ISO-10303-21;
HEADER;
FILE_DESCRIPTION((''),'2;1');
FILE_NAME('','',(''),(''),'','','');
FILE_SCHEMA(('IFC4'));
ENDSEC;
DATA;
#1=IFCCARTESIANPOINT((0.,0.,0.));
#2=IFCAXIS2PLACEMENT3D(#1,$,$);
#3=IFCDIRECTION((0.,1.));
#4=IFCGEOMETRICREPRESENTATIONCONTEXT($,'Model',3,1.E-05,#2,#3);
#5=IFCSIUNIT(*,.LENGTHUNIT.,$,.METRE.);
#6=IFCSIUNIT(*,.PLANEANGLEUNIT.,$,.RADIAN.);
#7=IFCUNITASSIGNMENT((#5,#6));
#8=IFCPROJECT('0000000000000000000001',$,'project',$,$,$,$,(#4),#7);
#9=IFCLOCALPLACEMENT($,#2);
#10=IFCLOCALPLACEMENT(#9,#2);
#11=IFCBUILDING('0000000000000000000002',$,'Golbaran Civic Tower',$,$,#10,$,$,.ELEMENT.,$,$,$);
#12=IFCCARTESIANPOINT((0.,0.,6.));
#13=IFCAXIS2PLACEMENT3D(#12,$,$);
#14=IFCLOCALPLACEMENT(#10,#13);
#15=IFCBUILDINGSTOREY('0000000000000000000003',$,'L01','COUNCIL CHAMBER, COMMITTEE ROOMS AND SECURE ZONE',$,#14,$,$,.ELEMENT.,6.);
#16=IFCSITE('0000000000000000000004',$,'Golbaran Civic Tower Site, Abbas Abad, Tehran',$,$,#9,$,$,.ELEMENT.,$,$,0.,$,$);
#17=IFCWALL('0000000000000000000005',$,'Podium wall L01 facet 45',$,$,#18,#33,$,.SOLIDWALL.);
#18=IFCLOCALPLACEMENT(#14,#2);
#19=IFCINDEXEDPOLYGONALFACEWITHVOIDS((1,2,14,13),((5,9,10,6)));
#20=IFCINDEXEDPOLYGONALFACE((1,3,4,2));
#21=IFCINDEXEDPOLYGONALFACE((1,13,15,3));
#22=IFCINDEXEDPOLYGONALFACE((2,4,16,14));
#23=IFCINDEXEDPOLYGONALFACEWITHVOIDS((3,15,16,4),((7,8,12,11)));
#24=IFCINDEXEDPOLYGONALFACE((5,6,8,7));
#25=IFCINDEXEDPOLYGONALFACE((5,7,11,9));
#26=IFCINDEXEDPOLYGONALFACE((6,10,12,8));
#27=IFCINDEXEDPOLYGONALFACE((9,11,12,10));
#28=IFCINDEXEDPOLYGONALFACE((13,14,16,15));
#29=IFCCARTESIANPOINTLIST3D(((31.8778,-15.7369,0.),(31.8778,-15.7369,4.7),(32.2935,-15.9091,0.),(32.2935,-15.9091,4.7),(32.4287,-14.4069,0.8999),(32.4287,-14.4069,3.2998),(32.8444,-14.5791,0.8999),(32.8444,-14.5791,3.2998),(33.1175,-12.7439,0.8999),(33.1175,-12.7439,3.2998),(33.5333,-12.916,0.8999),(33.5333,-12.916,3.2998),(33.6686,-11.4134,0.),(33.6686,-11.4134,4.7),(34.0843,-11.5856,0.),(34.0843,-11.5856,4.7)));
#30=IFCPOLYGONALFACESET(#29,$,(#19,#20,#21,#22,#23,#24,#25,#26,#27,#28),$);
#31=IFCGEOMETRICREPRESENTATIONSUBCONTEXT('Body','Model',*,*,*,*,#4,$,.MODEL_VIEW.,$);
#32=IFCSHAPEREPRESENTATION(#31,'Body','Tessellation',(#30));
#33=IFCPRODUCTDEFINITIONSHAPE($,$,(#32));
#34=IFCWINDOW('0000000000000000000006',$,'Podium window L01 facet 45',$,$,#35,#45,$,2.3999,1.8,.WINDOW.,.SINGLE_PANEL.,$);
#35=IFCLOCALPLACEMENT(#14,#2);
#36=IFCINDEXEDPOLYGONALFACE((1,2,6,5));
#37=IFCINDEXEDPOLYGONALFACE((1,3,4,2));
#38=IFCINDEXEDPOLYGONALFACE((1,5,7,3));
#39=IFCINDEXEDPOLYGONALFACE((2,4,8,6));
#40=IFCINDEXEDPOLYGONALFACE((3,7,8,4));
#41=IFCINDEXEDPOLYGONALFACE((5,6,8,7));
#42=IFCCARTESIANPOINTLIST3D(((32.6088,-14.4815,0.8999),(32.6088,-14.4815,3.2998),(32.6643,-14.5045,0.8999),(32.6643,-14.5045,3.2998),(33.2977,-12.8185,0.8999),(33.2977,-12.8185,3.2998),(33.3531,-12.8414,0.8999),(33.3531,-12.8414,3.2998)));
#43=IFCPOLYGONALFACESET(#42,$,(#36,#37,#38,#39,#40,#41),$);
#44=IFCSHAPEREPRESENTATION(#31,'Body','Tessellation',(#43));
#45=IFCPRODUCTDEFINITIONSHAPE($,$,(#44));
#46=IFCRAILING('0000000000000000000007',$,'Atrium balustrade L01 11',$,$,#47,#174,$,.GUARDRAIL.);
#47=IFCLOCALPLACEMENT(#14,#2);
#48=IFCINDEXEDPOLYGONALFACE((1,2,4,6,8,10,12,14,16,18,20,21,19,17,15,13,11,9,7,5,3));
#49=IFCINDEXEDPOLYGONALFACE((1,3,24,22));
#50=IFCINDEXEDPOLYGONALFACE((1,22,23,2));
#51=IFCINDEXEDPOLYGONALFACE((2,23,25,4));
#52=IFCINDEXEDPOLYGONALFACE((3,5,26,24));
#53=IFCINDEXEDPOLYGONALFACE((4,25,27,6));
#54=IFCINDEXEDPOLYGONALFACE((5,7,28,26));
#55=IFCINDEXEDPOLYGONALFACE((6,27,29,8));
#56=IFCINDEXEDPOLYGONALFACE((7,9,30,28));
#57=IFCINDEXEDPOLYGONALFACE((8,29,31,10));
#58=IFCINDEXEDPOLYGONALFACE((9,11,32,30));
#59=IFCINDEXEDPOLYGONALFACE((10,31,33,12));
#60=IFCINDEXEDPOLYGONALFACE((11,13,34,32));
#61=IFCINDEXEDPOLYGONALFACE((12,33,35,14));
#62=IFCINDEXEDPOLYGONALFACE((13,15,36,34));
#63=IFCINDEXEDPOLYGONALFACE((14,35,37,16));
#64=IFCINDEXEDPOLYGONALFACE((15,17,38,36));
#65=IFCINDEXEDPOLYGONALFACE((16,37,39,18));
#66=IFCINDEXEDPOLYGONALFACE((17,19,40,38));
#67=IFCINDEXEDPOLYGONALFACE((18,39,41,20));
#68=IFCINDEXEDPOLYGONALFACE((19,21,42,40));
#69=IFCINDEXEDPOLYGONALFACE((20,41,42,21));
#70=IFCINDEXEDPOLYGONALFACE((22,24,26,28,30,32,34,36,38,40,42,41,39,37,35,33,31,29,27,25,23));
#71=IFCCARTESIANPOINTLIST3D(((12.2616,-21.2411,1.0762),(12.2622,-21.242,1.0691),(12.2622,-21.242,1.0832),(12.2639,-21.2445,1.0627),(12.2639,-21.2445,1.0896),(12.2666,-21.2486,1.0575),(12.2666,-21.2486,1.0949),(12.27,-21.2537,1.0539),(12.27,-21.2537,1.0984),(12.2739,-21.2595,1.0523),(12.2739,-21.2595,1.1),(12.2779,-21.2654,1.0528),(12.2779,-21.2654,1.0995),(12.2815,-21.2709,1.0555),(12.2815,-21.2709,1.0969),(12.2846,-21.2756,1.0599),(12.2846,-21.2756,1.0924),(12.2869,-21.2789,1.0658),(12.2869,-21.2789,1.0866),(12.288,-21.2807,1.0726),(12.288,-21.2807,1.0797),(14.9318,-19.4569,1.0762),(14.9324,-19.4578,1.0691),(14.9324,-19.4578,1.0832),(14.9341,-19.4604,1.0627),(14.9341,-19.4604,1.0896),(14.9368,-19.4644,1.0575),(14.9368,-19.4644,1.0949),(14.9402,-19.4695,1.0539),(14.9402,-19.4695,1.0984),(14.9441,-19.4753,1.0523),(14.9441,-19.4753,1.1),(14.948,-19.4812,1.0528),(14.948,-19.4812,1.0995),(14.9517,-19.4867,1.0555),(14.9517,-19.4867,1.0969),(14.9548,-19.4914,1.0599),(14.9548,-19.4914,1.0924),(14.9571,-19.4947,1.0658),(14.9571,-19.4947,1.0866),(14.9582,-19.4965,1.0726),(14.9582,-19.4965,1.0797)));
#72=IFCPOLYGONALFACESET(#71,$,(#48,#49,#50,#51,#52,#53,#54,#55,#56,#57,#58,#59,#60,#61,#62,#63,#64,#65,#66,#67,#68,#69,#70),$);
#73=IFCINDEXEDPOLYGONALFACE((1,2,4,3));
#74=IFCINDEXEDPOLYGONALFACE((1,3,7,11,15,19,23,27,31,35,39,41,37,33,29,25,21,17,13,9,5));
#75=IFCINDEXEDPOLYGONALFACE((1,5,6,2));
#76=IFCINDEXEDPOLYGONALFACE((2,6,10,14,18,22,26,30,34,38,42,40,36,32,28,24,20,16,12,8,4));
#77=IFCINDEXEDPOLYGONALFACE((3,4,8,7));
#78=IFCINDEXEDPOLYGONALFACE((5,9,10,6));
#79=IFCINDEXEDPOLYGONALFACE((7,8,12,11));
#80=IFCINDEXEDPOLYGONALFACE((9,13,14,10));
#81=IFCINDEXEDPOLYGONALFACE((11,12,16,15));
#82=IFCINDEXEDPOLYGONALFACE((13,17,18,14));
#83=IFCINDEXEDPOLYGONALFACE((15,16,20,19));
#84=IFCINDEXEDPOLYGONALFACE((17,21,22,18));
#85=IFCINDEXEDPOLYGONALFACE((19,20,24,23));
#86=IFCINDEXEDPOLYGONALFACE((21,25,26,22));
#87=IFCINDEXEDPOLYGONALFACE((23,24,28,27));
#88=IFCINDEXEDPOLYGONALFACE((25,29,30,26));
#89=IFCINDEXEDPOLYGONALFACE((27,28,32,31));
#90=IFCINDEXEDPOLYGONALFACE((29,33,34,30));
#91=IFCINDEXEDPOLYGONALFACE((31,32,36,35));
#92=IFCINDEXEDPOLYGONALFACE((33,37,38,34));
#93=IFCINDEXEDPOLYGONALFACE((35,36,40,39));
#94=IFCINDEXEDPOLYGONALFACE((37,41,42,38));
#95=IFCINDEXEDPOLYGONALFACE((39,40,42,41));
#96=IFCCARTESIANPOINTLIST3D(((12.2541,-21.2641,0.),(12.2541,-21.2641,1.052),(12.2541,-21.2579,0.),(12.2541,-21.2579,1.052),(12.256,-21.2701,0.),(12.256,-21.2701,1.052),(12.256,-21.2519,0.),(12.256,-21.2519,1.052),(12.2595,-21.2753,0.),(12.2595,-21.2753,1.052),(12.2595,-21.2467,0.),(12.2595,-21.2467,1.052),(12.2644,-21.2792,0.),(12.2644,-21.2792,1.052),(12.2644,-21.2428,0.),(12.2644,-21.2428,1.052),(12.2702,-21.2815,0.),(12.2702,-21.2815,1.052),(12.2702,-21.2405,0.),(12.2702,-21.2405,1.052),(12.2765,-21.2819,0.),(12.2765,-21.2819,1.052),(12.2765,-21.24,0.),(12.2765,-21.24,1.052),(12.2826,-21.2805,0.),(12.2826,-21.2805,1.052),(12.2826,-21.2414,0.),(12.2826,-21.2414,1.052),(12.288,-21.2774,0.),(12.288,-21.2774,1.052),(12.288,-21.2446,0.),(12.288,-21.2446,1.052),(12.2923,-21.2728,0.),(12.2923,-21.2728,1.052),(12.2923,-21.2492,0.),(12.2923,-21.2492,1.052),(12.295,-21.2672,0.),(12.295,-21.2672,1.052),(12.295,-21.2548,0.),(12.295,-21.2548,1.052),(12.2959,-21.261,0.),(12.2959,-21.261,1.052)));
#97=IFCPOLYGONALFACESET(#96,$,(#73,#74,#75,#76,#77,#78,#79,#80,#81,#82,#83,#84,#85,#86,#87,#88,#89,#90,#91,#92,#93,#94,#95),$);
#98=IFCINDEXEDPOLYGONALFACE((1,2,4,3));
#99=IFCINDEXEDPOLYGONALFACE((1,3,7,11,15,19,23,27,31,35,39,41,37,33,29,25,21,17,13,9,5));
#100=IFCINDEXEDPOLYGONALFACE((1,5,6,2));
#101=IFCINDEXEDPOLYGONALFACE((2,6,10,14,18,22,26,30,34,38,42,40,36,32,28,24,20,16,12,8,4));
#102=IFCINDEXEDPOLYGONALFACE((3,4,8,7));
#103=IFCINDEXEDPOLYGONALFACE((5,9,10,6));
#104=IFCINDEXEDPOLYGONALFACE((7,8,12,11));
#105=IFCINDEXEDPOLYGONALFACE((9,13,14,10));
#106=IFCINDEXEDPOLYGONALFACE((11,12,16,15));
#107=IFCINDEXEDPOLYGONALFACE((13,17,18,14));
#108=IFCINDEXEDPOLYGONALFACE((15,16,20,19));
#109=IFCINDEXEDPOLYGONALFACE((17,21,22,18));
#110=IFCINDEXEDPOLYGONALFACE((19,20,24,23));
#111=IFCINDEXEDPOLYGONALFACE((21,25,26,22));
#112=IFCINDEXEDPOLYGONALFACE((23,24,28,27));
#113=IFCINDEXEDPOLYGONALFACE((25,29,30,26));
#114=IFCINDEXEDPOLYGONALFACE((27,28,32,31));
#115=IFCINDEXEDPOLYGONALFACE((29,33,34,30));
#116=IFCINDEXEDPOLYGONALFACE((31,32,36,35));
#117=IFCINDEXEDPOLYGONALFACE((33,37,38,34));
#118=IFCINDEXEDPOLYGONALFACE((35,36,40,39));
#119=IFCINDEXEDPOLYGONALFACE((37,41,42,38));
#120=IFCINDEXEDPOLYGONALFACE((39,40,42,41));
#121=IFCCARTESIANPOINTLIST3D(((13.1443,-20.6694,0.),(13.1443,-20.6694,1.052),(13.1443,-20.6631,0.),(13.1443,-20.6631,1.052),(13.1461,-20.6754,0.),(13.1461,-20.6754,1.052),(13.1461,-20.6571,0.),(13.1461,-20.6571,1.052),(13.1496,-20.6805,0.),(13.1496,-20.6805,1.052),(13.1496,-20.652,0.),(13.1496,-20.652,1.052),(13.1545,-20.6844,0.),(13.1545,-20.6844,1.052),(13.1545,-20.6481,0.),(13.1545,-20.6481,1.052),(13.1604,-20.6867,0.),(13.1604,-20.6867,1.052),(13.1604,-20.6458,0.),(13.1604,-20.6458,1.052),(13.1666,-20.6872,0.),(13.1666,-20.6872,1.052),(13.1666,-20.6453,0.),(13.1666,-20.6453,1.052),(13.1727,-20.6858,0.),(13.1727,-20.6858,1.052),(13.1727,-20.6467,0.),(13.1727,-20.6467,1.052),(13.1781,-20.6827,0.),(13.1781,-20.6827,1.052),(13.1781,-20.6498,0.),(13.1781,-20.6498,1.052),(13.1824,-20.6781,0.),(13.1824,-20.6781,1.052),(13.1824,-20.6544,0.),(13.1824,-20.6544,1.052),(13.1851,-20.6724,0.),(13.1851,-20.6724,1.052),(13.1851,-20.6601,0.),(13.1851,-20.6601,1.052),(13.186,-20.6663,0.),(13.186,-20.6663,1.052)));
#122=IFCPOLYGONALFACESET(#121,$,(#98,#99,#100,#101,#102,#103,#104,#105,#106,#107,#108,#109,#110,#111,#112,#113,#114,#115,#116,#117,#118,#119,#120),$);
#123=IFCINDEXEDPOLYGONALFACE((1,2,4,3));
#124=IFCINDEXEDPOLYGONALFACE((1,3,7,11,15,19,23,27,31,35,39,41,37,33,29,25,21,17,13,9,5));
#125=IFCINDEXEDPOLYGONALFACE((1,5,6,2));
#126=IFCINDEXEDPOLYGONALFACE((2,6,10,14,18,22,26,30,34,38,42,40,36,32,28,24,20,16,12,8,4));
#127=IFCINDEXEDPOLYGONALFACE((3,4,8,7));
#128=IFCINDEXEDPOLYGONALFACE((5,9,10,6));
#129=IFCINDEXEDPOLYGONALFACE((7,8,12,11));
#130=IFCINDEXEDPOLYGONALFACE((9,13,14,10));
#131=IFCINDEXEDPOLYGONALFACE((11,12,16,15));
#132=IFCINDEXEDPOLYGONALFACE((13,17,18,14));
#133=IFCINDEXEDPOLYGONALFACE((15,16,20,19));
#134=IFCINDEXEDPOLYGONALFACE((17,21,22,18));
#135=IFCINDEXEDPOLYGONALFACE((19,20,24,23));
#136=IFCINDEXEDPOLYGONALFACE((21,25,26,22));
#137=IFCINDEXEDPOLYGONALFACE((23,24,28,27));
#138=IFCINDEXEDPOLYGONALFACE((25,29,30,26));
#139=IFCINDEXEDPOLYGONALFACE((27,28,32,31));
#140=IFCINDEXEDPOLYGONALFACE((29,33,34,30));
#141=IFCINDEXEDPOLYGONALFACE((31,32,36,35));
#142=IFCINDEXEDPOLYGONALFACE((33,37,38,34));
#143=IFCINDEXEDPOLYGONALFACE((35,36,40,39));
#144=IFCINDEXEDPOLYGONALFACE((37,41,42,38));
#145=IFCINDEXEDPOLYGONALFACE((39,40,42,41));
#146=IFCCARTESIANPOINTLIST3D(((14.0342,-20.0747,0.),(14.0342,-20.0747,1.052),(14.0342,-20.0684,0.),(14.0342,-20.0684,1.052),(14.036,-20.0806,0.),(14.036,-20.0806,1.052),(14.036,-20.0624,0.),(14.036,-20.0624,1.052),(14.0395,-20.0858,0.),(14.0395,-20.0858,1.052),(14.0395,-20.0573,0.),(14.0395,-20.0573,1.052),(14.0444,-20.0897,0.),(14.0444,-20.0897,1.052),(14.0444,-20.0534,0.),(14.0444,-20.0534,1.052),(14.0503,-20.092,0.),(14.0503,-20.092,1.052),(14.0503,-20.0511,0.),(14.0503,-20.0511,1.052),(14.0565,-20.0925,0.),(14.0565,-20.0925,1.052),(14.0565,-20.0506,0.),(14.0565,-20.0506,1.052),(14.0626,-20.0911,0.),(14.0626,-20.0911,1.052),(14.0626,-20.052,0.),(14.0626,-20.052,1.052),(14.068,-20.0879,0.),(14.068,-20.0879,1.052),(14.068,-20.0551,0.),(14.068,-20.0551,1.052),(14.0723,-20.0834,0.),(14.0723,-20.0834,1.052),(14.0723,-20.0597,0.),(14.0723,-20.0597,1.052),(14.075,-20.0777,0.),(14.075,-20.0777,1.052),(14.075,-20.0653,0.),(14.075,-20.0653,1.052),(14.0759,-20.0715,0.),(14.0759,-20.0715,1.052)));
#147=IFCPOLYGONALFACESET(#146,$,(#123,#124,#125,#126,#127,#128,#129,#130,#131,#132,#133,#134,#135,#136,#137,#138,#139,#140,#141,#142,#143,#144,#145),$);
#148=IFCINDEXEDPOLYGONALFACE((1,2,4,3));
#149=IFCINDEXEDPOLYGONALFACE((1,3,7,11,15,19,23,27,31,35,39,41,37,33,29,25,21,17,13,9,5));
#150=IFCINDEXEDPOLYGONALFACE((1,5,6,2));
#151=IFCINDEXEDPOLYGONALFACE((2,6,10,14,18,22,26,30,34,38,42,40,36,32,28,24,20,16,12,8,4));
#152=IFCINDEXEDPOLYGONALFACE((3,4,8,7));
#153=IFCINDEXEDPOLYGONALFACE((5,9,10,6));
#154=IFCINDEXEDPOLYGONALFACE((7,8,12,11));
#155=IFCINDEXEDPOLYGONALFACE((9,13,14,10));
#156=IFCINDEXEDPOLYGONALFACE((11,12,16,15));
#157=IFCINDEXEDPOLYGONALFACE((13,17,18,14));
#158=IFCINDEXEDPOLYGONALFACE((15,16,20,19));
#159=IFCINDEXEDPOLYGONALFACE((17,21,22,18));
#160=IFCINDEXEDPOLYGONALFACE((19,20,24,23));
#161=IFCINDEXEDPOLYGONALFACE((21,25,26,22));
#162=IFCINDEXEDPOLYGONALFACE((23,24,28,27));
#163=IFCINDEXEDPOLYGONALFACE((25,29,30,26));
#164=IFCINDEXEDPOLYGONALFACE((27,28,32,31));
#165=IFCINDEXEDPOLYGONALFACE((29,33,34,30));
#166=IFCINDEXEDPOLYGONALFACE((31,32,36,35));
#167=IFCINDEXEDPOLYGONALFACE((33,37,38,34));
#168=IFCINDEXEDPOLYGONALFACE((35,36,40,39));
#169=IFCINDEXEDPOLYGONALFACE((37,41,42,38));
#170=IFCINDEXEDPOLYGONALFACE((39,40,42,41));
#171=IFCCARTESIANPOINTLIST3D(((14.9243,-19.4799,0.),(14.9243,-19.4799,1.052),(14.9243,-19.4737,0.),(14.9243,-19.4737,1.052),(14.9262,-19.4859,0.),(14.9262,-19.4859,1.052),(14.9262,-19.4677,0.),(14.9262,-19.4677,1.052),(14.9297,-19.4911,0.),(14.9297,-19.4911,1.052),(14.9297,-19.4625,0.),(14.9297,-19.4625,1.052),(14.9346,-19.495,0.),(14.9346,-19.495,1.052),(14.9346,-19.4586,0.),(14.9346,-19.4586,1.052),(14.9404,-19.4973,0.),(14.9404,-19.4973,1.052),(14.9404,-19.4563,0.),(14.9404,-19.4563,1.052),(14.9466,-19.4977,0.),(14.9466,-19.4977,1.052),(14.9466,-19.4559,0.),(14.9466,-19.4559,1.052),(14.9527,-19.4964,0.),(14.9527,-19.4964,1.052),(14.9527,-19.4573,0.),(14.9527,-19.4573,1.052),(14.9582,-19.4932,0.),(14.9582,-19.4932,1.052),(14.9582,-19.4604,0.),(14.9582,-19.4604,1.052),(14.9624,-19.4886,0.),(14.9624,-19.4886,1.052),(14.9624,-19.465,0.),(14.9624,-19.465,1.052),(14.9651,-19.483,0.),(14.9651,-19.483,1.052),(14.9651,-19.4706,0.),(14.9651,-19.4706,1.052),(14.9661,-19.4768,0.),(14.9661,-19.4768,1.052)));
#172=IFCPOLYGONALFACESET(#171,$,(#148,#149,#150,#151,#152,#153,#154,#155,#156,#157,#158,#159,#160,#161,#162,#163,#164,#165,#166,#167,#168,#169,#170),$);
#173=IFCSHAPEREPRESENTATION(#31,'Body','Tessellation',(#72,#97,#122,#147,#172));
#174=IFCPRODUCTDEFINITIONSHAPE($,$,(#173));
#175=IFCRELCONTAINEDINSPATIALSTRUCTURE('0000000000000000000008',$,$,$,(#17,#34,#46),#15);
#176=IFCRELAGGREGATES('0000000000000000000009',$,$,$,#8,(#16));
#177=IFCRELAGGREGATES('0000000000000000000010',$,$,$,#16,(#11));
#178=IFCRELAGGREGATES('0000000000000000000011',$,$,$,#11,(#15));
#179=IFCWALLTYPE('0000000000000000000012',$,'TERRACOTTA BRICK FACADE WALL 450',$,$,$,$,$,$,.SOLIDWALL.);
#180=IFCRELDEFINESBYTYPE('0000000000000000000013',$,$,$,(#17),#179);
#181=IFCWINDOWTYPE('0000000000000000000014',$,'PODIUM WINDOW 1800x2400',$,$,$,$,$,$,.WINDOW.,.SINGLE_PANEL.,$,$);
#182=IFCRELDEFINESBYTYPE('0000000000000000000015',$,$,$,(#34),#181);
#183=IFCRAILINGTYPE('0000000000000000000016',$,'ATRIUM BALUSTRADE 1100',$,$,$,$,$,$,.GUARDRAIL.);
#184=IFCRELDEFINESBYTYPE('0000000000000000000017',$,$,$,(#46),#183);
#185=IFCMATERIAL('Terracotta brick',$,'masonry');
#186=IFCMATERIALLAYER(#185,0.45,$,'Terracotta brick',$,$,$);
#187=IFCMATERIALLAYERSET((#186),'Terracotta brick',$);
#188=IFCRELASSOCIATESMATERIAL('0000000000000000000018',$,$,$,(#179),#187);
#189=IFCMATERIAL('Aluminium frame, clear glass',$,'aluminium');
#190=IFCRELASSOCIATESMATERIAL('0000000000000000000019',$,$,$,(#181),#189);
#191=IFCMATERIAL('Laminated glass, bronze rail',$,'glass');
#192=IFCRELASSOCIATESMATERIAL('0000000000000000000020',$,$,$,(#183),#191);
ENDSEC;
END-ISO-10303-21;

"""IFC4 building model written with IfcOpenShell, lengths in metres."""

from ifc_helpers import new_model, si_unit, direction, frame, frame_2d, origin, origin_2d, place, context, subcontext, project, spatial, rectangle, circle, extrude, material, layer, layer_set, type_object, element, fill, save


model = new_model("IFC4")

# Units and contexts
model_context = context("Model", 3, precision=1e-05, world=origin(), true_north=direction((0.0, 1.0)))
body_context = subcontext(model_context, "Body", "Model", "MODEL_VIEW")
ifc_project = project(units=[si_unit("LENGTHUNIT", "METRE"), si_unit("PLANEANGLEUNIT", "RADIAN")], contexts=[model_context])

# Site, building, storey
site_placement = place(None, origin())
site = spatial("IfcSite", under=ifc_project, at=site_placement, Name="Golbaran Civic Tower Site, Abbas Abad, Tehran", CompositionType="ELEMENT", RefElevation=0.0)
building_placement = place(site_placement, origin())
building = spatial("IfcBuilding", under=site, at=building_placement, Name="Golbaran Civic Tower", CompositionType="ELEMENT")
storey_placement = place(building_placement, frame((0.0, 0.0, 6.0)))
storey = spatial("IfcBuildingStorey", under=building, at=storey_placement, Name="L01", Description="COUNCIL CHAMBER, COMMITTEE ROOMS AND SECURE ZONE", CompositionType="ELEMENT", Elevation=6.0)

# Wall, opening, window
ifc_material_1 = material(Name="Terracotta brick", Category="masonry")
ifc_layer_1 = layer(ifc_material_1, 0.45, Name="Terracotta brick")
ifc_layer_set_1 = layer_set([ifc_layer_1], Name="Terracotta brick")
wall_type_1 = type_object("IfcWallType", Name="TERRACOTTA BRICK FACADE WALL 450", PredefinedType="SOLIDWALL", material=ifc_layer_set_1)
ifc_material_2 = material(Name="Aluminium frame, clear glass", Category="aluminium")
window_type = type_object("IfcWindowType", Name="PODIUM WINDOW 1800x2400", PartitioningType="SINGLE_PANEL", PredefinedType="WINDOW", material=ifc_material_2)
wall_1_placement = place(storey_placement, frame((32.0857, -15.823, 0.0), z_axis=(0.0, 0.0, 1.0), x_axis=(0.38267, 0.923885, 0.0)))
wall_1 = element("IfcWall", 1, at=wall_1_placement, inside=storey, type_object=wall_type_1, Name="Podium wall L01 facet 45", PredefinedType="SOLIDWALL", context=body_context, shape_type="SweptSolid", body=[
    extrude(rectangle(XDim=4.6797, YDim=0.45, at=frame_2d((2.3398, 0.0))), origin(), (0.0, 0.0, 1.0), 4.7),
])
opening_1_placement = place(wall_1_placement, frame((1.4397, 0.0, 0.8999)))
opening_1 = element("IfcOpeningElement", 2, at=opening_1_placement, cuts=wall_1, PredefinedType="OPENING", context=body_context, shape_type="SweptSolid", body=[
    extrude(rectangle(XDim=1.8, YDim=2.3999, at=frame_2d((0.8999, 1.2))), frame((0.0, 0.2349, 0.0), z_axis=(0.0, -1.0, 0.0), x_axis=(1.0, 0.0, 0.0)), (0.0, 0.0, 1.0), 0.47),
])
window_1_placement = place(opening_1_placement, origin())
window_1 = element("IfcWindow", 3, at=window_1_placement, inside=storey, type_object=window_type, Name="Podium window L01 facet 45", OverallHeight=2.3999, OverallWidth=1.8, PartitioningType="SINGLE_PANEL", PredefinedType="WINDOW", context=body_context, shape_type="SweptSolid", body=[
    extrude(rectangle(XDim=1.8, YDim=2.3999, at=frame_2d((0.8999, 1.2))), frame((0.0, 0.03, 0.0), z_axis=(0.0, -1.0, 0.0), x_axis=(1.0, 0.0, 0.0)), (0.0, 0.0, 1.0), 0.0601),
])
fill(opening_1, window_1)

# Railing
ifc_material_3 = material(Name="Laminated glass, bronze rail", Category="glass")
railing_type = type_object("IfcRailingType", Name="ATRIUM BALUSTRADE 1100", PredefinedType="GUARDRAIL", material=ifc_material_3)
railing_1_placement = place(storey_placement, frame((12.2749, -21.261, 0.0)))
element("IfcRailing", 4, at=railing_1_placement, inside=storey, type_object=railing_type, Name="Atrium balustrade L01 11", PredefinedType="GUARDRAIL", context=body_context, shape_type="SweptSolid", body=[
    extrude(circle(Radius=0.0239, at=origin_2d()), frame((0.0, 0.0, 1.0762), z_axis=(0.831465, 0.555577, 0.0), x_axis=(-0.555577, 0.831465, 0.0)), (0.0, 0.0, 1.0), 3.2114),
    extrude(circle(Radius=0.021, at=origin_2d()), origin(), (0.0, 0.0, 1.0), 1.052),
    extrude(circle(Radius=0.021, at=origin_2d()), frame((0.8901, 0.5947, 0.0)), (0.0, 0.0, 1.0), 1.052),
    extrude(circle(Radius=0.021, at=origin_2d()), frame((1.78, 1.1895, 0.0)), (0.0, 0.0, 1.0), 1.052),
    extrude(circle(Radius=0.021, at=origin_2d()), frame((2.6702, 1.7842, 0.0)), (0.0, 0.0, 1.0), 1.052),
])

save(model, "model.ifc")
